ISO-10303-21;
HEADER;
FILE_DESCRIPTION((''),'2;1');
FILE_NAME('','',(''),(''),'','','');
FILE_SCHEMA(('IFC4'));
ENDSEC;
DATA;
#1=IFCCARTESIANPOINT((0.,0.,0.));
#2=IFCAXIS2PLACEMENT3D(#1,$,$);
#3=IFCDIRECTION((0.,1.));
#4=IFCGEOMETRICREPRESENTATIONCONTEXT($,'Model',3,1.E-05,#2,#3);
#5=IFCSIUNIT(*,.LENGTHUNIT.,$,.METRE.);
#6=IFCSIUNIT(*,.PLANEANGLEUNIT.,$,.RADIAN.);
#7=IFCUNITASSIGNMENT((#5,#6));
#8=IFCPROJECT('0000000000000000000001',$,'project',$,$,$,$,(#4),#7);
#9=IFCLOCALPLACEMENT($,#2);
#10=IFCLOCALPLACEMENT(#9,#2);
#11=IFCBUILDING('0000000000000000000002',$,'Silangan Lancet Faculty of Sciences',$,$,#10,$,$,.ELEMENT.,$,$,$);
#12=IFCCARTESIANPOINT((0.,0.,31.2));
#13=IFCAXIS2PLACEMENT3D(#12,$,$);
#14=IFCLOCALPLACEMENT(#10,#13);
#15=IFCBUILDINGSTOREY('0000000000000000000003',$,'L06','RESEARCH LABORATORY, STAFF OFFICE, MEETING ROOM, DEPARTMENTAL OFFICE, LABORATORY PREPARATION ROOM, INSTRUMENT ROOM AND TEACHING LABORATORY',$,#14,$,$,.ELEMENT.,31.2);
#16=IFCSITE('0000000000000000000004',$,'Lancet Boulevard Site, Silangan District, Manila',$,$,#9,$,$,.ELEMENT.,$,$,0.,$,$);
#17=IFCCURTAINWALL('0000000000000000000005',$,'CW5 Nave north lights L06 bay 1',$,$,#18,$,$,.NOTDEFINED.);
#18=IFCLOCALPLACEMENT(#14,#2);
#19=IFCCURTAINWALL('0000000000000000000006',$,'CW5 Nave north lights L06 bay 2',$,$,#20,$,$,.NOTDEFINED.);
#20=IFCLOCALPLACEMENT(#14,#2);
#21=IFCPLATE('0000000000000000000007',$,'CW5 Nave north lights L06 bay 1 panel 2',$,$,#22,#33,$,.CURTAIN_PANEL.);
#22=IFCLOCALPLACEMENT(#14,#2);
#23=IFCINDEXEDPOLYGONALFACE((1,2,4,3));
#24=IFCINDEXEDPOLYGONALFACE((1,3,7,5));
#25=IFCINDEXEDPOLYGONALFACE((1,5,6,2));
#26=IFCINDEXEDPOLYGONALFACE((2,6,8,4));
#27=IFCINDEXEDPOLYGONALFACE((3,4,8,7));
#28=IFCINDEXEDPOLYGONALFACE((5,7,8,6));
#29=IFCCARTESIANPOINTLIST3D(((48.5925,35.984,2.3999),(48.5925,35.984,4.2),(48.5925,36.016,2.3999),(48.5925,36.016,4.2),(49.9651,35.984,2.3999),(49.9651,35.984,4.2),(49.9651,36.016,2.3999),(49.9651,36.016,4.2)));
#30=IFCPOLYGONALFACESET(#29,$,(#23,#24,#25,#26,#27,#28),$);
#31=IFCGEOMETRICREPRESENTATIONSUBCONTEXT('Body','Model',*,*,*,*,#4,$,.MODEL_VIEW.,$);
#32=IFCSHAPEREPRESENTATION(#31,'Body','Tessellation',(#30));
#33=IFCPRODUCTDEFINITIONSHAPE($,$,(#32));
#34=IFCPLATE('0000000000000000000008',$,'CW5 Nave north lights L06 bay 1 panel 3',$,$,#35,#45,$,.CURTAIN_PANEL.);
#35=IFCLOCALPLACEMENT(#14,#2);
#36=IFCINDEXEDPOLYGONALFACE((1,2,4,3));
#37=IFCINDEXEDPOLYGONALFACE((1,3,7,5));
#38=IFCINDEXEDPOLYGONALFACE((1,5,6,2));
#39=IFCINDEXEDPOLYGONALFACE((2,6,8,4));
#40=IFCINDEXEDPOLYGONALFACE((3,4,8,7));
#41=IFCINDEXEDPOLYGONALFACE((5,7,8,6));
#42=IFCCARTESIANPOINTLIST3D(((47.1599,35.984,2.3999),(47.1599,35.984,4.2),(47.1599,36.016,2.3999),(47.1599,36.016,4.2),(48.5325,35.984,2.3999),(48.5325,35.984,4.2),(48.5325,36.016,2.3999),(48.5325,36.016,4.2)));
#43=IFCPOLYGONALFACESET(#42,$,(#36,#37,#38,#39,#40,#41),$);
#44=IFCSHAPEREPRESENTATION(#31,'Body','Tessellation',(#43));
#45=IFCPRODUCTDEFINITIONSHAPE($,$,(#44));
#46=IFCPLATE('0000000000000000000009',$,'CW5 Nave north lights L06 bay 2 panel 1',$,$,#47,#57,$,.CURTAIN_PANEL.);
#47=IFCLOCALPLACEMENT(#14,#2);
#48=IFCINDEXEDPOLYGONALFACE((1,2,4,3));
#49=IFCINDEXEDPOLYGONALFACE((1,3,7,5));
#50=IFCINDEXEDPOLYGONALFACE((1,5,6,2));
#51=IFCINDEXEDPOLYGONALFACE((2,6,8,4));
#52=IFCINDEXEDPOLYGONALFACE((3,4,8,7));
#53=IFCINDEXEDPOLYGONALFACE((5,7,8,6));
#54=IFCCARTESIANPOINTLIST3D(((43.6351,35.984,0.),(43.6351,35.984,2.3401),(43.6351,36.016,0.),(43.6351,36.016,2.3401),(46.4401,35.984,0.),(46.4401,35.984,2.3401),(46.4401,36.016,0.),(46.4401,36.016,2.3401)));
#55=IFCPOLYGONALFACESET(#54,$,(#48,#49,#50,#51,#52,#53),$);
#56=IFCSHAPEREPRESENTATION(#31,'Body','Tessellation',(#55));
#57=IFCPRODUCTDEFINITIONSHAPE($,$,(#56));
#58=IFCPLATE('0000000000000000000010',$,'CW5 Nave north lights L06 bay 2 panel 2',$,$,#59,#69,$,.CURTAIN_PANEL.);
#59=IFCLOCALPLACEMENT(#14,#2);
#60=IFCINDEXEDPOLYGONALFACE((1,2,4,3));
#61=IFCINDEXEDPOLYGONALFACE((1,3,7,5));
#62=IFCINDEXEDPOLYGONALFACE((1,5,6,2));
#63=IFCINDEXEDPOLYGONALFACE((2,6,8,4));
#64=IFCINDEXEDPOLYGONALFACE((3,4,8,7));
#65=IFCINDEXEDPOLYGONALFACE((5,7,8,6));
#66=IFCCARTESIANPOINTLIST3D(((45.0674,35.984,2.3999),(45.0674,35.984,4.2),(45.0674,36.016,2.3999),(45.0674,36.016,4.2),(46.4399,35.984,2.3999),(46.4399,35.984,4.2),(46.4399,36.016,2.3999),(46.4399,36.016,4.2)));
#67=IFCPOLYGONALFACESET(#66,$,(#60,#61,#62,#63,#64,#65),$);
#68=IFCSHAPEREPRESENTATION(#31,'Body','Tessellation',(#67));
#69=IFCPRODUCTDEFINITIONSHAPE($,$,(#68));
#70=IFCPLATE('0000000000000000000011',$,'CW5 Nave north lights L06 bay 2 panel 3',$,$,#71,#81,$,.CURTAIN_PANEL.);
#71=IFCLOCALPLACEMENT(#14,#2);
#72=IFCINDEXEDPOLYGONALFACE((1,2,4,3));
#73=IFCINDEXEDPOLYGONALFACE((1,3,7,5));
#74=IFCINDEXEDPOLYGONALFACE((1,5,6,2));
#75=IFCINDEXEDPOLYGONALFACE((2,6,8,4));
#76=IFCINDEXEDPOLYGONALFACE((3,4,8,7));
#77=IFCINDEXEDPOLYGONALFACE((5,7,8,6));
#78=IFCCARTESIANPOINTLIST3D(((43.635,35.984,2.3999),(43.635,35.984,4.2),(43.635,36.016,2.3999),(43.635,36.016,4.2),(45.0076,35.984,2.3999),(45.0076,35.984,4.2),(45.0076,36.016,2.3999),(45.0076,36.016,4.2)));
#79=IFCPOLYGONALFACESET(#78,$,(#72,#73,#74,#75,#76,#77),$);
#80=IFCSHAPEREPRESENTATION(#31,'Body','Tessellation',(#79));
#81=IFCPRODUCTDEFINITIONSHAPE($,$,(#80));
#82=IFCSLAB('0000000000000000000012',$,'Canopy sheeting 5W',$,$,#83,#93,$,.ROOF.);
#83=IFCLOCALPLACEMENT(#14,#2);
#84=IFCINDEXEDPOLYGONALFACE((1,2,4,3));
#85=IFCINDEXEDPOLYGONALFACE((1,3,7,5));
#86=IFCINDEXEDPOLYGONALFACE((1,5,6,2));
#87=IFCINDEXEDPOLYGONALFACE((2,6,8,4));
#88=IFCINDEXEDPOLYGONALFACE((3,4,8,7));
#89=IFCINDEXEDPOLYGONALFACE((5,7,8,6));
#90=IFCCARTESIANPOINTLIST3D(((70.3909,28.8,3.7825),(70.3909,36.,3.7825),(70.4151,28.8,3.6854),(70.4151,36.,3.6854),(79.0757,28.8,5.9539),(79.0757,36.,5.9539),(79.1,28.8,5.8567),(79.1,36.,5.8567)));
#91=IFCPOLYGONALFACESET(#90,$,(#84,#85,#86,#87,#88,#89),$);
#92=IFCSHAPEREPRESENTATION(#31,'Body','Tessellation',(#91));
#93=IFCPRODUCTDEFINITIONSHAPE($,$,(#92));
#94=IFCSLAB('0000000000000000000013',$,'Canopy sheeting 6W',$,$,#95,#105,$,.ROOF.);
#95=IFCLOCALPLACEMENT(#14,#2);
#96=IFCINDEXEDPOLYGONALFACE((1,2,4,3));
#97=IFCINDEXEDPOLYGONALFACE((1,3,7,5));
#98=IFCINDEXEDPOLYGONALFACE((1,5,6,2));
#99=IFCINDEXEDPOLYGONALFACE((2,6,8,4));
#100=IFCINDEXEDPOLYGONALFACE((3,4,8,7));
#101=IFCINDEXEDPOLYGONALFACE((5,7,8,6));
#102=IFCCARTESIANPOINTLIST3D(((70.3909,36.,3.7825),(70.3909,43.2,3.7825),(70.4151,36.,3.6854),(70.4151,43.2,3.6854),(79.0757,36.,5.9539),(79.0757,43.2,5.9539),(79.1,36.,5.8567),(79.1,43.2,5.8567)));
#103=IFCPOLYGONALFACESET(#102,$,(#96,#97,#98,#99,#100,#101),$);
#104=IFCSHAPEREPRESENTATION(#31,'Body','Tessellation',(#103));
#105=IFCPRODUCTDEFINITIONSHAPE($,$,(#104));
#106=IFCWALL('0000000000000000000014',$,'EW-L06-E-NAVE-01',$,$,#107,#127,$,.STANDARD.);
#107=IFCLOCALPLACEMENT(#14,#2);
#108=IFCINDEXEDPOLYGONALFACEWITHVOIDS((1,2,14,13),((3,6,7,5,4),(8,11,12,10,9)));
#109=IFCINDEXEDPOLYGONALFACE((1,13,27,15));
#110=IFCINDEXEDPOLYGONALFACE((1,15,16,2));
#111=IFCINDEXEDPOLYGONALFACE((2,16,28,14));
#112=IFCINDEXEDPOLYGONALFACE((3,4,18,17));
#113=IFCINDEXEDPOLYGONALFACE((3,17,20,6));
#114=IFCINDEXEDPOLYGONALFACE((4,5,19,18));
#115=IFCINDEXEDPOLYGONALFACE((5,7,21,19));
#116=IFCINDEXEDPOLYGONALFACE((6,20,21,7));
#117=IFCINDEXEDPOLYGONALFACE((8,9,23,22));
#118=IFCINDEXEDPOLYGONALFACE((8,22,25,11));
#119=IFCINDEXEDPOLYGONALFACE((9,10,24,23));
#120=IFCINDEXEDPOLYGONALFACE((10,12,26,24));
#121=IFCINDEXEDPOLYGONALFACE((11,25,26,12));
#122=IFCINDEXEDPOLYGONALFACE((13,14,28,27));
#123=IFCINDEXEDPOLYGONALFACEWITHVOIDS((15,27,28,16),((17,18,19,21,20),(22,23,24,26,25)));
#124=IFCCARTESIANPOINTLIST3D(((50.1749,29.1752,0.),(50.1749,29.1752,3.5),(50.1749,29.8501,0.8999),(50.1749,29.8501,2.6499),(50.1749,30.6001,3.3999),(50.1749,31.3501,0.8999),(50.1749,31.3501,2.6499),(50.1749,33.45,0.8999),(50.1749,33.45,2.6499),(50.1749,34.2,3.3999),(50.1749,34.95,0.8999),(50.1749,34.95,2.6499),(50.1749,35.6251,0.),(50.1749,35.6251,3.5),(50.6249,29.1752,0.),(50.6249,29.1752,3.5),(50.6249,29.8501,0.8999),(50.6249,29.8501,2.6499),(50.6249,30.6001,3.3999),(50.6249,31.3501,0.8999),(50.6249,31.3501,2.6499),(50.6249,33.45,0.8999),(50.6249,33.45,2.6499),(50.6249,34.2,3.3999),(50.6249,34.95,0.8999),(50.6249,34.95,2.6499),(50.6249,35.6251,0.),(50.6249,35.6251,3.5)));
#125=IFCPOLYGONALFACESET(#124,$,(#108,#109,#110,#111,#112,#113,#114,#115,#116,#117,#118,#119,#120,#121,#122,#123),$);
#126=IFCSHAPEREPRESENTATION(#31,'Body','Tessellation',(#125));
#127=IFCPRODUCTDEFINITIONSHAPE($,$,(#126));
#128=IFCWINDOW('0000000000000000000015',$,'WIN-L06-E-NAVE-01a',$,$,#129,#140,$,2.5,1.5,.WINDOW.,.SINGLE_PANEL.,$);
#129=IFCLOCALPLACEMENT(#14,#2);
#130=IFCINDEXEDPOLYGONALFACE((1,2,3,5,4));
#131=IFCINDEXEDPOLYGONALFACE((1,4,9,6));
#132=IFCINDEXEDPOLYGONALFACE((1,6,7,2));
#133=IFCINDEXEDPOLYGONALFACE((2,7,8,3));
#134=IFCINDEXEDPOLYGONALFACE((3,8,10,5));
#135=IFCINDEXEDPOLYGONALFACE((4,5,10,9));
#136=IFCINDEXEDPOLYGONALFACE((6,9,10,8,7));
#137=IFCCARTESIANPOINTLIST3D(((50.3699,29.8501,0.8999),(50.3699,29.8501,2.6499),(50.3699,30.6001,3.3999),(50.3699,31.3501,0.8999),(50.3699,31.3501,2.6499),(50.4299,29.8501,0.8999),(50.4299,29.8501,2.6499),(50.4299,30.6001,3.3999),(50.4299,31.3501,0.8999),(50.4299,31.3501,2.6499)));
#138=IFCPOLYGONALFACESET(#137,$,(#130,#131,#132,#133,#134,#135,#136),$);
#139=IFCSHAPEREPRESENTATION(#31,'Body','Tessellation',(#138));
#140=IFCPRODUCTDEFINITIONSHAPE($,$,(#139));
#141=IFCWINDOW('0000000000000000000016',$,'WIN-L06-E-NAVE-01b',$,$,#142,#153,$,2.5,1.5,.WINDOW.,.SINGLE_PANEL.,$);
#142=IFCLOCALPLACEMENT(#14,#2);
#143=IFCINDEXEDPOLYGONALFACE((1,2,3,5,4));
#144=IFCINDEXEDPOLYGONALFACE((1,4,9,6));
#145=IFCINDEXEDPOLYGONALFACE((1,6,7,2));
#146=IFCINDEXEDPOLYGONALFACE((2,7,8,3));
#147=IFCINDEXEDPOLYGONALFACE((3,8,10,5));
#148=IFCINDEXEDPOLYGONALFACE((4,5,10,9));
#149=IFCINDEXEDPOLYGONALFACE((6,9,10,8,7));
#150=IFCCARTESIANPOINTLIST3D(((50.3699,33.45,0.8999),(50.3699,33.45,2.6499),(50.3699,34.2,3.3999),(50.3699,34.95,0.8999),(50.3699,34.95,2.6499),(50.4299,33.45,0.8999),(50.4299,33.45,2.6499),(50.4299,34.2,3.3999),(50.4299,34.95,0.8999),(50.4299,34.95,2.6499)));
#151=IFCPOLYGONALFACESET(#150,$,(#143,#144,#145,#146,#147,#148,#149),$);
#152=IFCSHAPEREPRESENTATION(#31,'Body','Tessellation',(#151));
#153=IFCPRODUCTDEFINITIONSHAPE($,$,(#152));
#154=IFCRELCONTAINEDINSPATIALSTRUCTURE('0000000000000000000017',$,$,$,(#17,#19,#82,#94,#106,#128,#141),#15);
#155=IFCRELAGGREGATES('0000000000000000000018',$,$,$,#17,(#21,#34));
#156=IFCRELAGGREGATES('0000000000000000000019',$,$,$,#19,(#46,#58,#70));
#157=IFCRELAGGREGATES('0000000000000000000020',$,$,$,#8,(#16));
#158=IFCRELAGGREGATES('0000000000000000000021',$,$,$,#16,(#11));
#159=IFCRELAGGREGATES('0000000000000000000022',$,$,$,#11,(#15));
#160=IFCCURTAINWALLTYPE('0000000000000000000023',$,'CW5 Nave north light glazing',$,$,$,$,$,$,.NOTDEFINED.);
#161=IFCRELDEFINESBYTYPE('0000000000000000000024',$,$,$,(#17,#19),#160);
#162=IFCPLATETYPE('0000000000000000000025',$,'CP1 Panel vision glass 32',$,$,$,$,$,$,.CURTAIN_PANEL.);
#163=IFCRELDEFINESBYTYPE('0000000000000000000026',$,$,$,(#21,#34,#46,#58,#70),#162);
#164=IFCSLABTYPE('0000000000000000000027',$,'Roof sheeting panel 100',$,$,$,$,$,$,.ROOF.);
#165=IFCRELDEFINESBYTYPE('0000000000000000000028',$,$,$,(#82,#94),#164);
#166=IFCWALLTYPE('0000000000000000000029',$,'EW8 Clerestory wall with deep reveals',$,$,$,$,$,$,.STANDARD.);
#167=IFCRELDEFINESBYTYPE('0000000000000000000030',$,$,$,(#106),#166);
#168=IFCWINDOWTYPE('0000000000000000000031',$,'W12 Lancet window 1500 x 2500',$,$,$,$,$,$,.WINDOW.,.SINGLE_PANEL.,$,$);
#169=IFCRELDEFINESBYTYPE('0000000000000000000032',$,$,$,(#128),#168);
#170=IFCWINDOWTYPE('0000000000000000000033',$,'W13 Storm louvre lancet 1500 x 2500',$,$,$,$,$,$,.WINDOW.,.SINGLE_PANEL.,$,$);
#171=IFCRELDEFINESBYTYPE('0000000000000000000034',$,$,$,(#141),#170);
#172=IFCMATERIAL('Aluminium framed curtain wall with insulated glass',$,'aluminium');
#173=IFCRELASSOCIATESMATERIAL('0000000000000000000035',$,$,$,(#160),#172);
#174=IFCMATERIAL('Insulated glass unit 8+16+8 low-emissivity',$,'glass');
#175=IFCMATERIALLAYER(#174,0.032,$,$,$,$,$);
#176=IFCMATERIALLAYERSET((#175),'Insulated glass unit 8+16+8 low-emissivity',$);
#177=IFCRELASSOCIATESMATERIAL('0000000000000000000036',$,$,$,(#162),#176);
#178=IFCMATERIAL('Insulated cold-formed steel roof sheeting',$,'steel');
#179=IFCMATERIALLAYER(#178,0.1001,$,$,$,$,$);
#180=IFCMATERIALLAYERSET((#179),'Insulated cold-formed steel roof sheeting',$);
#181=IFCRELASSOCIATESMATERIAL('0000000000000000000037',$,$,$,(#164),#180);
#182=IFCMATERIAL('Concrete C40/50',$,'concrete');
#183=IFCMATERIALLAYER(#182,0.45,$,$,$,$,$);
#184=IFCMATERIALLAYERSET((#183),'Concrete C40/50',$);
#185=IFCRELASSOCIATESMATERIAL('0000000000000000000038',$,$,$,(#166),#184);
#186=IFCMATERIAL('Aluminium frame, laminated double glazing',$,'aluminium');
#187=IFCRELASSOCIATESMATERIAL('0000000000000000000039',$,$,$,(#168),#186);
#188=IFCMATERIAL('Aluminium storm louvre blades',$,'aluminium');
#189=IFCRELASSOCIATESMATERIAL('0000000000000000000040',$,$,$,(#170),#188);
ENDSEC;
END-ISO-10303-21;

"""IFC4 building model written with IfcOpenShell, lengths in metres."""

from ifc_helpers import new_model, si_unit, direction, frame, frame_2d, origin, origin_2d, place, context, subcontext, project, spatial, polyline, rectangle, outline, extrude, material, layer, layer_set, type_object, element, fill, aggregate, save


model = new_model("IFC4")

# Units and contexts
model_context = context("Model", 3, precision=1e-05, world=origin(), true_north=direction((0.0, 1.0)))
body_context = subcontext(model_context, "Body", "Model", "MODEL_VIEW")
ifc_project = project(units=[si_unit("LENGTHUNIT", "METRE"), si_unit("PLANEANGLEUNIT", "RADIAN")], contexts=[model_context])

# Site, building, storey
site_placement = place(None, origin())
site = spatial("IfcSite", under=ifc_project, at=site_placement, Name="Lancet Boulevard Site, Silangan District, Manila", CompositionType="ELEMENT", RefElevation=0.0)
building_placement = place(site_placement, origin())
building = spatial("IfcBuilding", under=site, at=building_placement, Name="Silangan Lancet Faculty of Sciences", CompositionType="ELEMENT")
storey_placement = place(building_placement, frame((0.0, 0.0, 31.2)))
storey = spatial("IfcBuildingStorey", under=building, at=storey_placement, Name="L06", Description="RESEARCH LABORATORY, STAFF OFFICE, MEETING ROOM, DEPARTMENTAL OFFICE, LABORATORY PREPARATION ROOM, INSTRUMENT ROOM AND TEACHING LABORATORY", CompositionType="ELEMENT", Elevation=31.2)

# Curtain walls
ifc_material_1 = material(Name="Aluminium framed curtain wall with insulated glass", Category="aluminium")
curtain_wall_type = type_object("IfcCurtainWallType", Name="CW5 Nave north light glazing", PredefinedType="NOTDEFINED", material=ifc_material_1)
curtain_wall_1_placement = place(storey_placement, origin())
curtain_wall_1 = element("IfcCurtainWall", 1, at=curtain_wall_1_placement, inside=storey, type_object=curtain_wall_type, Name="CW5 Nave north lights L06 bay 1", PredefinedType="NOTDEFINED")
curtain_wall_2_placement = place(storey_placement, origin())
curtain_wall_2 = element("IfcCurtainWall", 2, at=curtain_wall_2_placement, inside=storey, type_object=curtain_wall_type, Name="CW5 Nave north lights L06 bay 2", PredefinedType="NOTDEFINED")

# Plates
ifc_material_2 = material(Name="Insulated glass unit 8+16+8 low-emissivity", Category="glass")
ifc_layer_1 = layer(ifc_material_2, 0.032)
ifc_layer_set_1 = layer_set([ifc_layer_1], Name="Insulated glass unit 8+16+8 low-emissivity")
plate_type = type_object("IfcPlateType", Name="CP1 Panel vision glass 32", PredefinedType="CURTAIN_PANEL", material=ifc_layer_set_1)
plate_1_placement = place(storey_placement, frame((49.2788, 36.0, 2.3999), z_axis=(0.0, 0.0, 1.0), x_axis=(-1.0, 0.0, 0.0)))
plate_1 = element("IfcPlate", 3, at=plate_1_placement, type_object=plate_type, Name="CW5 Nave north lights L06 bay 1 panel 2", PredefinedType="CURTAIN_PANEL", context=body_context, shape_type="SweptSolid", body=[
    extrude(rectangle(XDim=1.3726, YDim=0.032, at=origin_2d()), origin(), (0.0, 0.0, 1.0), 1.8),
])
plate_2_placement = place(storey_placement, frame((47.8462, 36.0, 2.3999), z_axis=(0.0, 0.0, 1.0), x_axis=(-1.0, 0.0, 0.0)))
plate_2 = element("IfcPlate", 4, at=plate_2_placement, type_object=plate_type, Name="CW5 Nave north lights L06 bay 1 panel 3", PredefinedType="CURTAIN_PANEL", context=body_context, shape_type="SweptSolid", body=[
    extrude(rectangle(XDim=1.3726, YDim=0.032, at=origin_2d()), origin(), (0.0, 0.0, 1.0), 1.8),
])
aggregate(curtain_wall_1, [plate_1, plate_2])
plate_3_placement = place(storey_placement, frame((45.0376, 36.0, 0.0), z_axis=(0.0, 0.0, 1.0), x_axis=(-1.0, 0.0, 0.0)))
plate_3 = element("IfcPlate", 5, at=plate_3_placement, type_object=plate_type, Name="CW5 Nave north lights L06 bay 2 panel 1", PredefinedType="CURTAIN_PANEL", context=body_context, shape_type="SweptSolid", body=[
    extrude(rectangle(XDim=2.8049, YDim=0.032, at=origin_2d()), origin(), (0.0, 0.0, 1.0), 2.3401),
])
plate_4_placement = place(storey_placement, frame((45.7537, 36.0, 2.3999), z_axis=(0.0, 0.0, 1.0), x_axis=(-1.0, 0.0, 0.0)))
plate_4 = element("IfcPlate", 6, at=plate_4_placement, type_object=plate_type, Name="CW5 Nave north lights L06 bay 2 panel 2", PredefinedType="CURTAIN_PANEL", context=body_context, shape_type="SweptSolid", body=[
    extrude(rectangle(XDim=1.3726, YDim=0.032, at=origin_2d()), origin(), (0.0, 0.0, 1.0), 1.8),
])
plate_5_placement = place(storey_placement, frame((44.3213, 36.0, 2.3999), z_axis=(0.0, 0.0, 1.0), x_axis=(-1.0, 0.0, 0.0)))
plate_5 = element("IfcPlate", 7, at=plate_5_placement, type_object=plate_type, Name="CW5 Nave north lights L06 bay 2 panel 3", PredefinedType="CURTAIN_PANEL", context=body_context, shape_type="SweptSolid", body=[
    extrude(rectangle(XDim=1.3726, YDim=0.032, at=origin_2d()), origin(), (0.0, 0.0, 1.0), 1.8),
])
aggregate(curtain_wall_2, [plate_3, plate_4, plate_5])

# Slabs
ifc_material_3 = material(Name="Insulated cold-formed steel roof sheeting", Category="steel")
ifc_layer_2 = layer(ifc_material_3, 0.1001)
ifc_layer_set_2 = layer_set([ifc_layer_2], Name="Insulated cold-formed steel roof sheeting")
slab_type = type_object("IfcSlabType", Name="Roof sheeting panel 100", PredefinedType="ROOF", material=ifc_layer_set_2)
for number, where, z_axis, x_axis, name in (
    (8, (70.3909, 28.8, 3.7825), (-0.242555, 0.0, 0.970138), (0.0, 1.0, 0.0), "Canopy sheeting 5W"),
    (9, (70.3909, 36.0, 3.7825), (-0.242555, 0.0, 0.970138), (0.0, 1.0, 0.0), "Canopy sheeting 6W"),
):
    element("IfcSlab", number, at=place(storey_placement, frame(where, z_axis=z_axis, x_axis=x_axis)), inside=storey, type_object=slab_type, Name=name, PredefinedType="ROOF", context=body_context, shape_type="SweptSolid", body=[
        extrude(outline(polyline([(0.0, 0.0), (7.2, 0.0), (7.2, -8.9521), (0.0, -8.9521), (0.0, 0.0)])), origin(), (0.0, 0.0, -1.0), 0.1001),
    ])

# Wall, openings, windows
ifc_material_4 = material(Name="Concrete C40/50", Category="concrete")
ifc_layer_3 = layer(ifc_material_4, 0.45)
ifc_layer_set_3 = layer_set([ifc_layer_3], Name="Concrete C40/50")
wall_type = type_object("IfcWallType", Name="EW8 Clerestory wall with deep reveals", PredefinedType="STANDARD", material=ifc_layer_set_3)
wall_placement = place(storey_placement, frame((50.3999, 29.175, 0.0), z_axis=(0.0, 0.0, 1.0), x_axis=(0.0, 1.0, 0.0)))
wall = element("IfcWall", 10, at=wall_placement, inside=storey, type_object=wall_type, Name="EW-L06-E-NAVE-01", PredefinedType="STANDARD", context=body_context, shape_type="SweptSolid", body=[
    extrude(rectangle(XDim=6.45, YDim=0.45, at=frame_2d((3.2251, 0.0))), origin(), (0.0, 0.0, 1.0), 3.5),
])
opening_1_placement = place(wall_placement, frame((0.675, 0.0, 0.8999)))
opening_1 = element("IfcOpeningElement", 11, at=opening_1_placement, cuts=wall, PredefinedType="OPENING", context=body_context, shape_type="SweptSolid", body=[
    extrude(outline(polyline([(0.0, 0.0), (1.5, 0.0), (1.5, 1.75), (0.75, 2.5), (0.0, 1.75), (0.0, 0.0)])), frame((0.0, 0.2349, 0.0), z_axis=(0.0, -1.0, 0.0), x_axis=(1.0, 0.0, 0.0)), (0.0, 0.0, 1.0), 0.47),
])
opening_2_placement = place(wall_placement, frame((4.2749, 0.0, 0.8999)))
opening_2 = element("IfcOpeningElement", 12, at=opening_2_placement, cuts=wall, PredefinedType="OPENING", context=body_context, shape_type="SweptSolid", body=[
    extrude(outline(polyline([(0.0, 0.0), (1.5, 0.0), (1.5, 1.75), (0.75, 2.5), (0.0, 1.75), (0.0, 0.0)])), frame((0.0, 0.2349, 0.0), z_axis=(0.0, -1.0, 0.0), x_axis=(1.0, 0.0, 0.0)), (0.0, 0.0, 1.0), 0.47),
])
ifc_material_5 = material(Name="Aluminium frame, laminated double glazing", Category="aluminium")
window_type_1 = type_object("IfcWindowType", Name="W12 Lancet window 1500 x 2500", PartitioningType="SINGLE_PANEL", PredefinedType="WINDOW", material=ifc_material_5)
window_1_placement = place(opening_1_placement, origin())
window_1 = element("IfcWindow", 13, at=window_1_placement, inside=storey, type_object=window_type_1, Name="WIN-L06-E-NAVE-01a", OverallHeight=2.5, OverallWidth=1.5, PartitioningType="SINGLE_PANEL", PredefinedType="WINDOW", context=body_context, shape_type="SweptSolid", body=[
    extrude(outline(polyline([(0.0, 0.0), (1.5, 0.0), (1.5, 1.75), (0.75, 2.5), (0.0, 1.75), (0.0, 0.0)])), frame((0.0, 0.03, 0.0), z_axis=(0.0, -1.0, 0.0), x_axis=(1.0, 0.0, 0.0)), (0.0, 0.0, 1.0), 0.0601),
])
fill(opening_1, window_1)
ifc_material_6 = material(Name="Aluminium storm louvre blades", Category="aluminium")
window_type_2 = type_object("IfcWindowType", Name="W13 Storm louvre lancet 1500 x 2500", PartitioningType="SINGLE_PANEL", PredefinedType="WINDOW", material=ifc_material_6)
window_2_placement = place(opening_2_placement, origin())
window_2 = element("IfcWindow", 14, at=window_2_placement, inside=storey, type_object=window_type_2, Name="WIN-L06-E-NAVE-01b", OverallHeight=2.5, OverallWidth=1.5, PartitioningType="SINGLE_PANEL", PredefinedType="WINDOW", context=body_context, shape_type="SweptSolid", body=[
    extrude(outline(polyline([(0.0, 0.0), (1.5, 0.0), (1.5, 1.75), (0.75, 2.5), (0.0, 1.75), (0.0, 0.0)])), frame((0.0, 0.03, 0.0), z_axis=(0.0, -1.0, 0.0), x_axis=(1.0, 0.0, 0.0)), (0.0, 0.0, 1.0), 0.0601),
])
fill(opening_2, window_2)

save(model, "model.ifc")
